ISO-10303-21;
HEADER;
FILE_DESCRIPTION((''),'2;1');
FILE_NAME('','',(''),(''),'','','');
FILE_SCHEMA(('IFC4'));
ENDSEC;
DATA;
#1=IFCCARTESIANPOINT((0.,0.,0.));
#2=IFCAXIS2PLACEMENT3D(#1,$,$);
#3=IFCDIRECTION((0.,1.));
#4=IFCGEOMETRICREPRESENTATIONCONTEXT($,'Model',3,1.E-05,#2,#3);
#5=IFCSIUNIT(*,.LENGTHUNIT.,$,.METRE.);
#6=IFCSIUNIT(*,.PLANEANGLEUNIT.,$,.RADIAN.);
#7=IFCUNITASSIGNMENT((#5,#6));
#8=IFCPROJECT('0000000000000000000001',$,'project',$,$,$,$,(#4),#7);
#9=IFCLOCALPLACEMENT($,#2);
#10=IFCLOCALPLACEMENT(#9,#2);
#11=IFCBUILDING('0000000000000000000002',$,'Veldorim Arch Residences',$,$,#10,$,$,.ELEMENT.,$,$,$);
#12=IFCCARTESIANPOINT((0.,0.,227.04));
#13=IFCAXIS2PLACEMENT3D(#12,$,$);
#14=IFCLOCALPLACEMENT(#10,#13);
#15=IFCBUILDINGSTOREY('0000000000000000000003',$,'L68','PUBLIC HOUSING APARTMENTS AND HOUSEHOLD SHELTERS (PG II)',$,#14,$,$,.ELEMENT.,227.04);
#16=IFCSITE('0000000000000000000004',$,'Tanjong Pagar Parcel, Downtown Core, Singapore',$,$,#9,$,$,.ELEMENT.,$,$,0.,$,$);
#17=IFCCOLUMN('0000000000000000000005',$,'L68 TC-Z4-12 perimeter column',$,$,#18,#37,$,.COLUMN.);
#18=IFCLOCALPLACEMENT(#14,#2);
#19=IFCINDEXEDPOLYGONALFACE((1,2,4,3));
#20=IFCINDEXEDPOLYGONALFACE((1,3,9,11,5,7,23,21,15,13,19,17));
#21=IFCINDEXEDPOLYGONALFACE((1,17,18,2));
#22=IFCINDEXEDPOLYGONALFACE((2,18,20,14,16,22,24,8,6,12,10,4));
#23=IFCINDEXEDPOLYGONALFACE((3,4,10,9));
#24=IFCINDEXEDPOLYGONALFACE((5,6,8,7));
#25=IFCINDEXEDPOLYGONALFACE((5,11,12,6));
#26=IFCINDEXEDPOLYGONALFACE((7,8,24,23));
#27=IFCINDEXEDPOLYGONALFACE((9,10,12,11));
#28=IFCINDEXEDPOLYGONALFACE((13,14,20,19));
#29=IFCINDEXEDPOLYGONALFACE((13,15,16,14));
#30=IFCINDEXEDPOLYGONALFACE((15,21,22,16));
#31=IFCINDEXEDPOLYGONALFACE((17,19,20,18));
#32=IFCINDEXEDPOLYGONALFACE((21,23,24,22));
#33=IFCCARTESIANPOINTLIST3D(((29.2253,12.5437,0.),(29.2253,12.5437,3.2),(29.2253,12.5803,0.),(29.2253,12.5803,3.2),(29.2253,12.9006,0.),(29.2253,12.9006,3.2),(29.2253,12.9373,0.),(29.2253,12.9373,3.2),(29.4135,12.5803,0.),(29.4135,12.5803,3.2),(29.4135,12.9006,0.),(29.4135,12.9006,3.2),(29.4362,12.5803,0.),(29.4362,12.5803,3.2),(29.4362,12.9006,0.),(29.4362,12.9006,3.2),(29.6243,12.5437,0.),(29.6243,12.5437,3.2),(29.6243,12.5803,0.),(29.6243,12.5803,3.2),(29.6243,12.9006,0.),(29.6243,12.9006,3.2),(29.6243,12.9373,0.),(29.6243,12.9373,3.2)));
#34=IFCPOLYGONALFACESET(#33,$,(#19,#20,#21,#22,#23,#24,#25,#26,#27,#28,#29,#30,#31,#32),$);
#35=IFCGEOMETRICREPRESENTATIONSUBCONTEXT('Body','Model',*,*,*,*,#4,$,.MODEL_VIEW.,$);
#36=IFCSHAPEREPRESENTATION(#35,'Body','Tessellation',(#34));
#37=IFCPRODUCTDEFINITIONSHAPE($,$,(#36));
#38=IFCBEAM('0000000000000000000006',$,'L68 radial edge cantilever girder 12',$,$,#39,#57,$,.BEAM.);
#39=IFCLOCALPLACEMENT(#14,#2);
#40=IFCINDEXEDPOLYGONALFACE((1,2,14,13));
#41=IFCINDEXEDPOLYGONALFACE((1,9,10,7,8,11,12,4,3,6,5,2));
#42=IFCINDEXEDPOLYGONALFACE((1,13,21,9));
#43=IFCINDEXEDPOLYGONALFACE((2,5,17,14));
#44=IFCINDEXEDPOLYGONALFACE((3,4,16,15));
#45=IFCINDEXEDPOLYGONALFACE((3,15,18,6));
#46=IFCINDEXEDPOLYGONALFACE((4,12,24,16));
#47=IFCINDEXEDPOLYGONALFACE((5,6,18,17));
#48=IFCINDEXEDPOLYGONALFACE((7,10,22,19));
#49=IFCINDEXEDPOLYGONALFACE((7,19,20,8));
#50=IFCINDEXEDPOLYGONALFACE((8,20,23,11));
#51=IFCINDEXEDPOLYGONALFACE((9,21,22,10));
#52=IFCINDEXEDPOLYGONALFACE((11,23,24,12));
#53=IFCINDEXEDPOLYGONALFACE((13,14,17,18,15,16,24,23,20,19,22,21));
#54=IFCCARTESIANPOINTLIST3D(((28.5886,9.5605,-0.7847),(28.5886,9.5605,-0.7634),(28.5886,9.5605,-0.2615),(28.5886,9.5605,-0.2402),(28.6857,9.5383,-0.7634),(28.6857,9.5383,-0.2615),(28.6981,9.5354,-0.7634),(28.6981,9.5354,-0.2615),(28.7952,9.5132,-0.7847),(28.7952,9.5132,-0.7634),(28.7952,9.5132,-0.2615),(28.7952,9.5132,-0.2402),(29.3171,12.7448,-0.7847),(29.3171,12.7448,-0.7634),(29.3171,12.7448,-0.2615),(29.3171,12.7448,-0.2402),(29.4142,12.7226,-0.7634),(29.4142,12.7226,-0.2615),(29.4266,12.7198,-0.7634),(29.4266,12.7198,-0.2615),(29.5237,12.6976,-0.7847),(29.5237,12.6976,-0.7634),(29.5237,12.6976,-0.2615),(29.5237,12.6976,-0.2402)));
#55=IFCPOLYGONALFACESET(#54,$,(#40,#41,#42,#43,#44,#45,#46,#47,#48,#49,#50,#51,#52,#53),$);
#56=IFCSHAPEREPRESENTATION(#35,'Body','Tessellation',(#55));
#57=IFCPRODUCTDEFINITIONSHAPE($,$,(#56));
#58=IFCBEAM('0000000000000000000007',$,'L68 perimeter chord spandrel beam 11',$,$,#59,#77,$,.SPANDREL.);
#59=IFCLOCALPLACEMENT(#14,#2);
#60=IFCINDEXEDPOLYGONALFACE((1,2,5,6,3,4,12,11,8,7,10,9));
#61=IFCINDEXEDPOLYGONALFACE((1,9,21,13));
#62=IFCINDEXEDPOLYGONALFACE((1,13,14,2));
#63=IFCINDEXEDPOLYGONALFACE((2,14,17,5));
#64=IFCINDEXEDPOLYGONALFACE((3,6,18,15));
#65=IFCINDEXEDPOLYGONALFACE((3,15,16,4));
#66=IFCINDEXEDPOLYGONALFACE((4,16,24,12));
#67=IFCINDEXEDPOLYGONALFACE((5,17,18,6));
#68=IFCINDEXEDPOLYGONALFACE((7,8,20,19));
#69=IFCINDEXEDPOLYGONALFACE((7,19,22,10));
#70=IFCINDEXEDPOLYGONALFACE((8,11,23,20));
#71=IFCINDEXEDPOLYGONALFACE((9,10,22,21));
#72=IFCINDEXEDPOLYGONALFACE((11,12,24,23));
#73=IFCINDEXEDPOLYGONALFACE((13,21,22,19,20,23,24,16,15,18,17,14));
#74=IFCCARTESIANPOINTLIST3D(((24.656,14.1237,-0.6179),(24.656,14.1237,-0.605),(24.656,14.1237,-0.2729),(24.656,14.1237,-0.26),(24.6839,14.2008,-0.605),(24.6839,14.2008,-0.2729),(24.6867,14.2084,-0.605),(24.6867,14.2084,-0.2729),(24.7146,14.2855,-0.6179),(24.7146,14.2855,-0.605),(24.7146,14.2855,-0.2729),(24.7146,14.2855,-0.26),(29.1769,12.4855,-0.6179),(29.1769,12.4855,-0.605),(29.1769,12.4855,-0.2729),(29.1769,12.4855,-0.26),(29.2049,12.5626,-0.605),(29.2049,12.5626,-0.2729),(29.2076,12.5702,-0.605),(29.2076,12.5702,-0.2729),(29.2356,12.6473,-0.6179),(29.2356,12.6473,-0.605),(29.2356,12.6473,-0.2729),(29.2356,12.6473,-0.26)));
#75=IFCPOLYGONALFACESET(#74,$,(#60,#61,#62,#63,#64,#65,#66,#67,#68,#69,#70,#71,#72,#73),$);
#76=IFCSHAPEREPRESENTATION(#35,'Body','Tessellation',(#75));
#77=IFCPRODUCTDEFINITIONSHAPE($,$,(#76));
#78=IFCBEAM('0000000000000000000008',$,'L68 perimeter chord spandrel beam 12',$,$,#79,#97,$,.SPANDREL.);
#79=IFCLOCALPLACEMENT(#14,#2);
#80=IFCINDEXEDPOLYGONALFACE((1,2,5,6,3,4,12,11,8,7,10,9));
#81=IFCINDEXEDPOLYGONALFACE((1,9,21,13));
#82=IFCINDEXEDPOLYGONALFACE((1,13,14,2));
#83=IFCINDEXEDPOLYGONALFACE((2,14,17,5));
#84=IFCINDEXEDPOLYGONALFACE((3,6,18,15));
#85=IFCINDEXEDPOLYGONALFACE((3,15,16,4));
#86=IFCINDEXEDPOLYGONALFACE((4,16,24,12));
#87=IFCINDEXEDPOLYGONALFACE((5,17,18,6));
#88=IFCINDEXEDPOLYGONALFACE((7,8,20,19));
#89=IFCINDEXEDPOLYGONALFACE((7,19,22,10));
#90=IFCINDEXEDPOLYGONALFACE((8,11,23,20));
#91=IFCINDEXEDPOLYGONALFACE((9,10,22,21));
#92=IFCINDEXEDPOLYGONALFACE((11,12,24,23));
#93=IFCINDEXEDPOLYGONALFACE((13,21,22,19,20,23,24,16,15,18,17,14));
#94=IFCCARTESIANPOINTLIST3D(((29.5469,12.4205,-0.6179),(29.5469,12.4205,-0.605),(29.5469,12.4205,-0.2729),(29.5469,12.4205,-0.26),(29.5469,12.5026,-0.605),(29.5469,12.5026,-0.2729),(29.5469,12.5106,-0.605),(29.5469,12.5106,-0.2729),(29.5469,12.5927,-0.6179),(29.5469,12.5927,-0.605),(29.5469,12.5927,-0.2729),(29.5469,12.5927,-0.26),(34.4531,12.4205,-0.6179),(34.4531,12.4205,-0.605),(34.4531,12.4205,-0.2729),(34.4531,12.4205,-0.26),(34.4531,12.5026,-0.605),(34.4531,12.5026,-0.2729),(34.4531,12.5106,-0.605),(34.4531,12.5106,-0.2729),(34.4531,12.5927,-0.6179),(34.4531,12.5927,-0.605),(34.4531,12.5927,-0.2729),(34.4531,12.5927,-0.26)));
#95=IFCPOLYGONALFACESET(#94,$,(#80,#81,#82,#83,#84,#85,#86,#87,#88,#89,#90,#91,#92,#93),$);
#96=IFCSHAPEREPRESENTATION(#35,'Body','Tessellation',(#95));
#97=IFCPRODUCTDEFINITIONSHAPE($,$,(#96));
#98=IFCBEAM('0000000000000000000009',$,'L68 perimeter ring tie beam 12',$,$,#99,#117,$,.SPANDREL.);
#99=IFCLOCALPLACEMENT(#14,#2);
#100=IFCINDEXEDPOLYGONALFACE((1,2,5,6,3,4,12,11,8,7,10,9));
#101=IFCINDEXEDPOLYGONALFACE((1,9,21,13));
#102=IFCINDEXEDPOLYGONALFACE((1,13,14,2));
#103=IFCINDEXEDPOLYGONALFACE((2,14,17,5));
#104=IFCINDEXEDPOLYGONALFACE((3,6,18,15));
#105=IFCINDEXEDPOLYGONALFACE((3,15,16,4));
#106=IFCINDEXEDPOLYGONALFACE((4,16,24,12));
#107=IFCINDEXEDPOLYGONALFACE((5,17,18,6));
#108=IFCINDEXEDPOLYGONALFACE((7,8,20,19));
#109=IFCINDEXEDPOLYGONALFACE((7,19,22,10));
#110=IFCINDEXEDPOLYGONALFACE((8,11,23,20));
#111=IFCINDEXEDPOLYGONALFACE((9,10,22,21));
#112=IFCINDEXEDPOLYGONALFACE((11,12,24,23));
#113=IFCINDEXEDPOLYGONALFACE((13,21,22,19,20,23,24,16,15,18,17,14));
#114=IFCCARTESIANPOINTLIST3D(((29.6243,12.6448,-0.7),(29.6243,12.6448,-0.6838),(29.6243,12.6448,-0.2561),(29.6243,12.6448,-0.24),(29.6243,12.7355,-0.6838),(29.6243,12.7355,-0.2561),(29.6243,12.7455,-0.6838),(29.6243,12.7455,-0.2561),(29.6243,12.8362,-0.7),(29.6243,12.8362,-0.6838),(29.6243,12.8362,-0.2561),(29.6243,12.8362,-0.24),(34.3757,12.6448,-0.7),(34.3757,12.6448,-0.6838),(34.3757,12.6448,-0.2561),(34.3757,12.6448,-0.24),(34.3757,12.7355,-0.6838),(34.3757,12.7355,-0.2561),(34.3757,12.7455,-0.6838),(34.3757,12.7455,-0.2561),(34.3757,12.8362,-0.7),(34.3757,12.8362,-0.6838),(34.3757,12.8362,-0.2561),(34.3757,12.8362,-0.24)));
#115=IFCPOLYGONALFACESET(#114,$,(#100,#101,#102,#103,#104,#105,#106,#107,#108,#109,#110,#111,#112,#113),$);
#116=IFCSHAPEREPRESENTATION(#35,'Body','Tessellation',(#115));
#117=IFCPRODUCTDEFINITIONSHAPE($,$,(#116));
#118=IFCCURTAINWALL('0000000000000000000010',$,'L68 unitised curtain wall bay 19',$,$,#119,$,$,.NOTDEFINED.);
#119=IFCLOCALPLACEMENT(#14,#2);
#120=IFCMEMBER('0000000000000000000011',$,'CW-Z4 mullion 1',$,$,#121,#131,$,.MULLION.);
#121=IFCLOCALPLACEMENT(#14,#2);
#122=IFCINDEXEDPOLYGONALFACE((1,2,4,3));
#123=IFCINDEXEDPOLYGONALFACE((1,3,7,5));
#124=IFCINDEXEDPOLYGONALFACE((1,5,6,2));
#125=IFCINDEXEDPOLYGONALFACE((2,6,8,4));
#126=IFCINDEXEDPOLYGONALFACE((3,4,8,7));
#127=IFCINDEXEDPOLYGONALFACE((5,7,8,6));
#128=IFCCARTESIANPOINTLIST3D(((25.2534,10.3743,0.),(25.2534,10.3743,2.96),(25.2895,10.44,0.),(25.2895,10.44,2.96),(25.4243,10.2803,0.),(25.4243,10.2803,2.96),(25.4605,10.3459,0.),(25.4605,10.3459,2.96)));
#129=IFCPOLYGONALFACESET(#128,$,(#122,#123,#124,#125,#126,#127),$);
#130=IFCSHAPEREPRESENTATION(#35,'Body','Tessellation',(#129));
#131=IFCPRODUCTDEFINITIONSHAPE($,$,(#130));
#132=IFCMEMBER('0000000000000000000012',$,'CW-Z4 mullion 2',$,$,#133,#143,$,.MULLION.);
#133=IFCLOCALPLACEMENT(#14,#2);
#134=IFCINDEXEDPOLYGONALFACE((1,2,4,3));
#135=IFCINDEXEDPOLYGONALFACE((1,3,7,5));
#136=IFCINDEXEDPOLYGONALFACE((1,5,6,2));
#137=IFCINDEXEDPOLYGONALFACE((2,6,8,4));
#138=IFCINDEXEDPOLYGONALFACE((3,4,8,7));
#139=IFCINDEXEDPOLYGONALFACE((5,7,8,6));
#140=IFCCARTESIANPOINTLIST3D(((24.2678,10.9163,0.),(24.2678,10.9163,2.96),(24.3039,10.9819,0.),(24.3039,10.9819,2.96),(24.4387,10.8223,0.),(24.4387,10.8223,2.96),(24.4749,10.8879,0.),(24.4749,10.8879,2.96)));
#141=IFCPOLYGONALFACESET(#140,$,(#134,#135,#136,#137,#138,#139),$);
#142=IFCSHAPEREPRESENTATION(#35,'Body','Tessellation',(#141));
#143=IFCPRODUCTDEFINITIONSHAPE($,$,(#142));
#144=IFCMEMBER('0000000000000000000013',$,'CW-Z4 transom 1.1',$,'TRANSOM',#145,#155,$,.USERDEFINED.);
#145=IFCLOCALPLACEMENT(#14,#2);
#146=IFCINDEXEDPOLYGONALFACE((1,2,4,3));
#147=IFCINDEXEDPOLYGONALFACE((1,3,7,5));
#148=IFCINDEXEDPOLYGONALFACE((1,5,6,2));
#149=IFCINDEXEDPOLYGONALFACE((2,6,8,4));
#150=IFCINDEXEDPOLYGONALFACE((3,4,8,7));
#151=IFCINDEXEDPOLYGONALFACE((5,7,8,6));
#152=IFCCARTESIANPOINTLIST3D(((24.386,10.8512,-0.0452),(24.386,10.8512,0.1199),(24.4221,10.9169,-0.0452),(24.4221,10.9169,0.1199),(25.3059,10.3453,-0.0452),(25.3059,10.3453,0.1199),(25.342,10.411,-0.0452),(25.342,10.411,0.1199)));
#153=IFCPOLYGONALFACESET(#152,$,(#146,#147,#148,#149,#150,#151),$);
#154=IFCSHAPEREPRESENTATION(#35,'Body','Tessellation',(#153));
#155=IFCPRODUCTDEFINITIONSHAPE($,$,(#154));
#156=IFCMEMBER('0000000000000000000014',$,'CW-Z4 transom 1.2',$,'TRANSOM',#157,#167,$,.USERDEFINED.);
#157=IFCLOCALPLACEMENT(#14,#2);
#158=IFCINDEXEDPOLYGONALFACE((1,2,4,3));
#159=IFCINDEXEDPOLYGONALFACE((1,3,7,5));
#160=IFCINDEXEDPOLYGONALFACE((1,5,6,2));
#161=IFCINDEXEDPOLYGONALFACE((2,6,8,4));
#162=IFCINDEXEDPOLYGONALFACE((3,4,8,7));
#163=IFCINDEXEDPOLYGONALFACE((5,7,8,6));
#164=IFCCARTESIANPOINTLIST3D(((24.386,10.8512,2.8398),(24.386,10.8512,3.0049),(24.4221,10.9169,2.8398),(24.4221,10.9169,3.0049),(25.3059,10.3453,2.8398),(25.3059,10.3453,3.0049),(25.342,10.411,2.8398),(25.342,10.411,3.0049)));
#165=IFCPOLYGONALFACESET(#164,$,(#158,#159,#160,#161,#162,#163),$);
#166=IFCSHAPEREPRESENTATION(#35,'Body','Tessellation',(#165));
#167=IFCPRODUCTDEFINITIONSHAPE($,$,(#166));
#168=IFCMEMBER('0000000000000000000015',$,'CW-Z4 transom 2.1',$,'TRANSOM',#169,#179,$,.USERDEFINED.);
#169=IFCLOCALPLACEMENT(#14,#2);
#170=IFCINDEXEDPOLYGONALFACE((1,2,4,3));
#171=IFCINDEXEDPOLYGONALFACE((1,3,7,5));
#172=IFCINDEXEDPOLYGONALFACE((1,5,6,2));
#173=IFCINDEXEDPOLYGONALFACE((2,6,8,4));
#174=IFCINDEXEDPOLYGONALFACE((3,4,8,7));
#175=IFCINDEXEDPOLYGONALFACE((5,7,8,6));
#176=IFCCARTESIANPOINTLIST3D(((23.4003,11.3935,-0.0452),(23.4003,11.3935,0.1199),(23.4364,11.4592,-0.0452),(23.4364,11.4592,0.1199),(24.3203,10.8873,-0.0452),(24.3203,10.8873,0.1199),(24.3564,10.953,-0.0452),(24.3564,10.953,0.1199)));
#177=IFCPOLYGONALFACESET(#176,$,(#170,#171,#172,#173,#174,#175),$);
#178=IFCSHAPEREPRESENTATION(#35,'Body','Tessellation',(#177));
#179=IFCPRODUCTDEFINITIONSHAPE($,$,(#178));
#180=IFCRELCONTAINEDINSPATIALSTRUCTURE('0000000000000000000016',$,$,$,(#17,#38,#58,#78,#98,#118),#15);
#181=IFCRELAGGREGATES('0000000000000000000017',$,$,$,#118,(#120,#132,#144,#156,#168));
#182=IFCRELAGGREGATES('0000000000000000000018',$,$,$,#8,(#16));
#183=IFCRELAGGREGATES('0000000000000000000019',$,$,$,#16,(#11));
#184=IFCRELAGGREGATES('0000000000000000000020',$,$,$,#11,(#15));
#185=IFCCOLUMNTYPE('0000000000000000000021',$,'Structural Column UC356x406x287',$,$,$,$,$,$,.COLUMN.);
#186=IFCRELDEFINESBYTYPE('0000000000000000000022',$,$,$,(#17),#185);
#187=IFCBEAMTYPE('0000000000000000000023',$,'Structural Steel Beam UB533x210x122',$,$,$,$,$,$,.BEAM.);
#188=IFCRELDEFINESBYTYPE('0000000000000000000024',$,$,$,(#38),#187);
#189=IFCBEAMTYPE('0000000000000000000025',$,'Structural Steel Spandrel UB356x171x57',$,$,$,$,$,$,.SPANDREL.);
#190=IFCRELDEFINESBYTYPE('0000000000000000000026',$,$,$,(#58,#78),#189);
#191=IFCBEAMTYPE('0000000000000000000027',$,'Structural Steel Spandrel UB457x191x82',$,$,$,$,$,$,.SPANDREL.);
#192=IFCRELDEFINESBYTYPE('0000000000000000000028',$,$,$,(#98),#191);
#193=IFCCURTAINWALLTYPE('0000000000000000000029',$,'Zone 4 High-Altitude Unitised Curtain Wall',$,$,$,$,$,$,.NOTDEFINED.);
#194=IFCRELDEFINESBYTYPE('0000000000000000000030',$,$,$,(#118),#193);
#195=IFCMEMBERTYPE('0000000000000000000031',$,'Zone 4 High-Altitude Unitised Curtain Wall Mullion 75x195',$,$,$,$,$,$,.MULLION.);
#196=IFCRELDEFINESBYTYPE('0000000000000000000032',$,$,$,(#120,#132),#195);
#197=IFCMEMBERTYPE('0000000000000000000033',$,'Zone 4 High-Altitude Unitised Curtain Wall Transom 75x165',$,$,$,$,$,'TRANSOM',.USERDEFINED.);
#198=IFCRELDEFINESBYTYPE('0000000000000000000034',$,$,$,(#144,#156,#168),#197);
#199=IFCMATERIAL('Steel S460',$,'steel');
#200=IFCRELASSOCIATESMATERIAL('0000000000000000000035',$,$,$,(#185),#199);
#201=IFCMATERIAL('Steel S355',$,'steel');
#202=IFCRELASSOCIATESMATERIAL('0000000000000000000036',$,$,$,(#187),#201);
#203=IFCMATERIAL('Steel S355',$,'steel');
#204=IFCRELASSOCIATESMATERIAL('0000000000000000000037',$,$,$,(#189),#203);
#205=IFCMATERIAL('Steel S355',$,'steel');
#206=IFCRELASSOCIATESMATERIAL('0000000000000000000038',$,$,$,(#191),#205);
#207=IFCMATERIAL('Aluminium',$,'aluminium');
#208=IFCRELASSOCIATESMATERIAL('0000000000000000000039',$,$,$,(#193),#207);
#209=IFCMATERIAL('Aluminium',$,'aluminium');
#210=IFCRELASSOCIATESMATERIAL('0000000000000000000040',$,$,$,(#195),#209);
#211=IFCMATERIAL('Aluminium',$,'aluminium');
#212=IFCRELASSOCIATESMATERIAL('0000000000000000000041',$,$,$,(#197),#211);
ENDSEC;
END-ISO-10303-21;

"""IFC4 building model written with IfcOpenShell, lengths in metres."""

from ifc_helpers import new_model, si_unit, direction, frame, origin, origin_2d, place, context, subcontext, project, spatial, rectangle, i_section, extrude, material, material_profile, profile_set, type_object, element, aggregate, save


model = new_model("IFC4")

# Units and contexts
model_context = context("Model", 3, precision=1e-05, world=origin(), true_north=direction((0.0, 1.0)))
body_context = subcontext(model_context, "Body", "Model", "MODEL_VIEW")
ifc_project = project(units=[si_unit("LENGTHUNIT", "METRE"), si_unit("PLANEANGLEUNIT", "RADIAN")], contexts=[model_context])

# Site, building, storey
site_placement = place(None, origin())
site = spatial("IfcSite", under=ifc_project, at=site_placement, Name="Tanjong Pagar Parcel, Downtown Core, Singapore", CompositionType="ELEMENT", RefElevation=0.0)
building_placement = place(site_placement, origin())
building = spatial("IfcBuilding", under=site, at=building_placement, Name="Veldorim Arch Residences", CompositionType="ELEMENT")
storey_placement = place(building_placement, frame((0.0, 0.0, 227.04)))
storey = spatial("IfcBuildingStorey", under=building, at=storey_placement, Name="L68", Description="PUBLIC HOUSING APARTMENTS AND HOUSEHOLD SHELTERS (PG II)", CompositionType="ELEMENT", Elevation=227.04)

# Column
ifc_material_1 = material(Name="Steel S460", Category="steel")
ifc_material_profile_1 = material_profile(ifc_material_1, i_section(OverallWidth=0.3989, OverallDepth=0.3936, WebThickness=0.0227, FlangeThickness=0.0366, at=origin_2d()), Name="UC356x406x287")
ifc_profile_set_1 = profile_set([ifc_material_profile_1], Name="Steel S460")
column_type = type_object("IfcColumnType", Name="Structural Column UC356x406x287", PredefinedType="COLUMN", material=ifc_profile_set_1)
column_placement = place(storey_placement, frame((29.4248, 12.7405, 0.0), z_axis=(0.0, 0.0, 1.0), x_axis=(1.0, 0.0, 0.0)))
element("IfcColumn", 1, at=column_placement, inside=storey, type_object=column_type, Name="L68 TC-Z4-12 perimeter column", PredefinedType="COLUMN", context=body_context, shape_type="SweptSolid", body=[
    extrude(i_section(OverallWidth=0.3989, OverallDepth=0.3936, WebThickness=0.0227, FlangeThickness=0.0366, at=origin_2d()), origin(), (0.0, 0.0, 1.0), 3.2),
])

# Beams
ifc_material_2 = material(Name="Steel S355", Category="steel")
ifc_material_profile_2 = material_profile(ifc_material_2, i_section(OverallWidth=0.2119, OverallDepth=0.5444, WebThickness=0.0127, FlangeThickness=0.0212, at=origin_2d()), Name="UB533x210x122")
ifc_profile_set_2 = profile_set([ifc_material_profile_2], Name="Steel S355")
beam_type_1 = type_object("IfcBeamType", Name="Structural Steel Beam UB533x210x122", PredefinedType="BEAM", material=ifc_profile_set_2)
beam_1_placement = place(storey_placement, frame((29.4204, 12.7212, -0.5125), z_axis=(-0.22302, -0.974814, 0.0), x_axis=(0.974814, -0.22302, 0.0)))
element("IfcBeam", 2, at=beam_1_placement, inside=storey, type_object=beam_type_1, Name="L68 radial edge cantilever girder 12", PredefinedType="BEAM", context=body_context, shape_type="SweptSolid", body=[
    extrude(i_section(OverallWidth=0.2119, OverallDepth=0.5444, WebThickness=0.0127, FlangeThickness=0.0212, at=origin_2d()), origin(), (0.0, 0.0, 1.0), 3.2666),
])
ifc_material_3 = material(Name="Steel S355", Category="steel")
ifc_material_profile_3 = material_profile(ifc_material_3, i_section(OverallWidth=0.1721, OverallDepth=0.3579, WebThickness=0.0081, FlangeThickness=0.0129, at=origin_2d()), Name="UB356x171x57")
ifc_profile_set_3 = profile_set([ifc_material_profile_3], Name="Steel S355")
beam_type_2 = type_object("IfcBeamType", Name="Structural Steel Spandrel UB356x171x57", PredefinedType="SPANDREL", material=ifc_profile_set_3)
beam_2_placement = place(storey_placement, frame((24.6853, 14.2046, -0.439), z_axis=(0.940181, -0.340675, 0.0), x_axis=(0.340675, 0.940181, 0.0)))
element("IfcBeam", 3, at=beam_2_placement, inside=storey, type_object=beam_type_2, Name="L68 perimeter chord spandrel beam 11", PredefinedType="SPANDREL", context=body_context, shape_type="SweptSolid", body=[
    extrude(i_section(OverallWidth=0.1721, OverallDepth=0.3579, WebThickness=0.0081, FlangeThickness=0.0129, at=origin_2d()), origin(), (0.0, 0.0, 1.0), 4.8086),
])
beam_3_placement = place(storey_placement, frame((29.5469, 12.5066, -0.439), z_axis=(1.0, 0.0, 0.0), x_axis=(0.0, 1.0, 0.0)))
element("IfcBeam", 4, at=beam_3_placement, inside=storey, type_object=beam_type_2, Name="L68 perimeter chord spandrel beam 12", PredefinedType="SPANDREL", context=body_context, shape_type="SweptSolid", body=[
    extrude(i_section(OverallWidth=0.1721, OverallDepth=0.3579, WebThickness=0.0081, FlangeThickness=0.0129, at=origin_2d()), origin(), (0.0, 0.0, 1.0), 4.9062),
])
ifc_material_4 = material(Name="Steel S355", Category="steel")
ifc_material_profile_4 = material_profile(ifc_material_4, i_section(OverallWidth=0.1914, OverallDepth=0.46, WebThickness=0.01, FlangeThickness=0.0161, at=origin_2d()), Name="UB457x191x82")
ifc_profile_set_4 = profile_set([ifc_material_profile_4], Name="Steel S355")
beam_type_3 = type_object("IfcBeamType", Name="Structural Steel Spandrel UB457x191x82", PredefinedType="SPANDREL", material=ifc_profile_set_4)
beam_4_placement = place(storey_placement, frame((29.6243, 12.7405, -0.47), z_axis=(1.0, 0.0, 0.0), x_axis=(0.0, 1.0, 0.0)))
element("IfcBeam", 5, at=beam_4_placement, inside=storey, type_object=beam_type_3, Name="L68 perimeter ring tie beam 12", PredefinedType="SPANDREL", context=body_context, shape_type="SweptSolid", body=[
    extrude(i_section(OverallWidth=0.1914, OverallDepth=0.46, WebThickness=0.01, FlangeThickness=0.0161, at=origin_2d()), origin(), (0.0, 0.0, 1.0), 4.7515),
])

# Curtain wall, members
ifc_material_5 = material(Name="Aluminium", Category="aluminium")
curtain_wall_type = type_object("IfcCurtainWallType", Name="Zone 4 High-Altitude Unitised Curtain Wall", PredefinedType="NOTDEFINED", material=ifc_material_5)
curtain_wall_placement = place(storey_placement, origin())
curtain_wall = element("IfcCurtainWall", 6, at=curtain_wall_placement, inside=storey, type_object=curtain_wall_type, Name="L68 unitised curtain wall bay 19", PredefinedType="NOTDEFINED")
ifc_material_6 = material(Name="Aluminium", Category="aluminium")
ifc_material_profile_5 = material_profile(ifc_material_6, rectangle(XDim=0.075, YDim=0.1951, at=origin_2d()), Name="ALU_MUL_75x195")
ifc_profile_set_5 = profile_set([ifc_material_profile_5], Name="Aluminium")
member_type_1 = type_object("IfcMemberType", Name="Zone 4 High-Altitude Unitised Curtain Wall Mullion 75x195", PredefinedType="MULLION", material=ifc_profile_set_5)
member_1_placement = place(storey_placement, frame((25.3569, 10.3601, 0.0), z_axis=(0.0, 0.0, 1.0), x_axis=(-0.481953, -0.876197, 0.0)))
member_1 = element("IfcMember", 7, at=member_1_placement, type_object=member_type_1, Name="CW-Z4 mullion 1", PredefinedType="MULLION", context=body_context, shape_type="SweptSolid", body=[
    extrude(rectangle(XDim=0.075, YDim=0.1951, at=origin_2d()), origin(), (0.0, 0.0, 1.0), 2.96),
])
member_2_placement = place(storey_placement, frame((24.3713, 10.9021, 0.0), z_axis=(0.0, 0.0, 1.0), x_axis=(-0.481953, -0.876197, 0.0)))
member_2 = element("IfcMember", 8, at=member_2_placement, type_object=member_type_1, Name="CW-Z4 mullion 2", PredefinedType="MULLION", context=body_context, shape_type="SweptSolid", body=[
    extrude(rectangle(XDim=0.075, YDim=0.1951, at=origin_2d()), origin(), (0.0, 0.0, 1.0), 2.96),
])
ifc_material_7 = material(Name="Aluminium", Category="aluminium")
ifc_material_profile_6 = material_profile(ifc_material_7, rectangle(XDim=0.075, YDim=0.165, at=origin_2d()), Name="ALU_TRN_75x165")
ifc_profile_set_6 = profile_set([ifc_material_profile_6], Name="Aluminium")
member_type_2 = type_object("IfcMemberType", Name="Zone 4 High-Altitude Unitised Curtain Wall Transom 75x165", ElementType="TRANSOM", PredefinedType="USERDEFINED", material=ifc_profile_set_6)
member_3_placement = place(storey_placement, frame((25.324, 10.3782, 0.0374), z_axis=(-0.876255, 0.481847, 0.0), x_axis=(-0.481847, -0.876255, 0.0)))
member_3 = element("IfcMember", 9, at=member_3_placement, type_object=member_type_2, Name="CW-Z4 transom 1.1", ObjectType="TRANSOM", PredefinedType="USERDEFINED", context=body_context, shape_type="SweptSolid", body=[
    extrude(rectangle(XDim=0.075, YDim=0.165, at=origin_2d()), origin(), (0.0, 0.0, 1.0), 1.0498),
])
member_4_placement = place(storey_placement, frame((25.324, 10.3782, 2.9224), z_axis=(-0.876255, 0.481847, 0.0), x_axis=(-0.481847, -0.876255, 0.0)))
member_4 = element("IfcMember", 10, at=member_4_placement, type_object=member_type_2, Name="CW-Z4 transom 1.2", ObjectType="TRANSOM", PredefinedType="USERDEFINED", context=body_context, shape_type="SweptSolid", body=[
    extrude(rectangle(XDim=0.075, YDim=0.165, at=origin_2d()), origin(), (0.0, 0.0, 1.0), 1.0498),
])
member_5_placement = place(storey_placement, frame((24.3384, 10.9202, 0.0374), z_axis=(-0.876157, 0.482026, 0.0), x_axis=(-0.482026, -0.876157, 0.0)))
member_5 = element("IfcMember", 11, at=member_5_placement, type_object=member_type_2, Name="CW-Z4 transom 2.1", ObjectType="TRANSOM", PredefinedType="USERDEFINED", context=body_context, shape_type="SweptSolid", body=[
    extrude(rectangle(XDim=0.075, YDim=0.165, at=origin_2d()), origin(), (0.0, 0.0, 1.0), 1.05),
])
aggregate(curtain_wall, [member_1, member_2, member_3, member_4, member_5])

save(model, "model.ifc")
